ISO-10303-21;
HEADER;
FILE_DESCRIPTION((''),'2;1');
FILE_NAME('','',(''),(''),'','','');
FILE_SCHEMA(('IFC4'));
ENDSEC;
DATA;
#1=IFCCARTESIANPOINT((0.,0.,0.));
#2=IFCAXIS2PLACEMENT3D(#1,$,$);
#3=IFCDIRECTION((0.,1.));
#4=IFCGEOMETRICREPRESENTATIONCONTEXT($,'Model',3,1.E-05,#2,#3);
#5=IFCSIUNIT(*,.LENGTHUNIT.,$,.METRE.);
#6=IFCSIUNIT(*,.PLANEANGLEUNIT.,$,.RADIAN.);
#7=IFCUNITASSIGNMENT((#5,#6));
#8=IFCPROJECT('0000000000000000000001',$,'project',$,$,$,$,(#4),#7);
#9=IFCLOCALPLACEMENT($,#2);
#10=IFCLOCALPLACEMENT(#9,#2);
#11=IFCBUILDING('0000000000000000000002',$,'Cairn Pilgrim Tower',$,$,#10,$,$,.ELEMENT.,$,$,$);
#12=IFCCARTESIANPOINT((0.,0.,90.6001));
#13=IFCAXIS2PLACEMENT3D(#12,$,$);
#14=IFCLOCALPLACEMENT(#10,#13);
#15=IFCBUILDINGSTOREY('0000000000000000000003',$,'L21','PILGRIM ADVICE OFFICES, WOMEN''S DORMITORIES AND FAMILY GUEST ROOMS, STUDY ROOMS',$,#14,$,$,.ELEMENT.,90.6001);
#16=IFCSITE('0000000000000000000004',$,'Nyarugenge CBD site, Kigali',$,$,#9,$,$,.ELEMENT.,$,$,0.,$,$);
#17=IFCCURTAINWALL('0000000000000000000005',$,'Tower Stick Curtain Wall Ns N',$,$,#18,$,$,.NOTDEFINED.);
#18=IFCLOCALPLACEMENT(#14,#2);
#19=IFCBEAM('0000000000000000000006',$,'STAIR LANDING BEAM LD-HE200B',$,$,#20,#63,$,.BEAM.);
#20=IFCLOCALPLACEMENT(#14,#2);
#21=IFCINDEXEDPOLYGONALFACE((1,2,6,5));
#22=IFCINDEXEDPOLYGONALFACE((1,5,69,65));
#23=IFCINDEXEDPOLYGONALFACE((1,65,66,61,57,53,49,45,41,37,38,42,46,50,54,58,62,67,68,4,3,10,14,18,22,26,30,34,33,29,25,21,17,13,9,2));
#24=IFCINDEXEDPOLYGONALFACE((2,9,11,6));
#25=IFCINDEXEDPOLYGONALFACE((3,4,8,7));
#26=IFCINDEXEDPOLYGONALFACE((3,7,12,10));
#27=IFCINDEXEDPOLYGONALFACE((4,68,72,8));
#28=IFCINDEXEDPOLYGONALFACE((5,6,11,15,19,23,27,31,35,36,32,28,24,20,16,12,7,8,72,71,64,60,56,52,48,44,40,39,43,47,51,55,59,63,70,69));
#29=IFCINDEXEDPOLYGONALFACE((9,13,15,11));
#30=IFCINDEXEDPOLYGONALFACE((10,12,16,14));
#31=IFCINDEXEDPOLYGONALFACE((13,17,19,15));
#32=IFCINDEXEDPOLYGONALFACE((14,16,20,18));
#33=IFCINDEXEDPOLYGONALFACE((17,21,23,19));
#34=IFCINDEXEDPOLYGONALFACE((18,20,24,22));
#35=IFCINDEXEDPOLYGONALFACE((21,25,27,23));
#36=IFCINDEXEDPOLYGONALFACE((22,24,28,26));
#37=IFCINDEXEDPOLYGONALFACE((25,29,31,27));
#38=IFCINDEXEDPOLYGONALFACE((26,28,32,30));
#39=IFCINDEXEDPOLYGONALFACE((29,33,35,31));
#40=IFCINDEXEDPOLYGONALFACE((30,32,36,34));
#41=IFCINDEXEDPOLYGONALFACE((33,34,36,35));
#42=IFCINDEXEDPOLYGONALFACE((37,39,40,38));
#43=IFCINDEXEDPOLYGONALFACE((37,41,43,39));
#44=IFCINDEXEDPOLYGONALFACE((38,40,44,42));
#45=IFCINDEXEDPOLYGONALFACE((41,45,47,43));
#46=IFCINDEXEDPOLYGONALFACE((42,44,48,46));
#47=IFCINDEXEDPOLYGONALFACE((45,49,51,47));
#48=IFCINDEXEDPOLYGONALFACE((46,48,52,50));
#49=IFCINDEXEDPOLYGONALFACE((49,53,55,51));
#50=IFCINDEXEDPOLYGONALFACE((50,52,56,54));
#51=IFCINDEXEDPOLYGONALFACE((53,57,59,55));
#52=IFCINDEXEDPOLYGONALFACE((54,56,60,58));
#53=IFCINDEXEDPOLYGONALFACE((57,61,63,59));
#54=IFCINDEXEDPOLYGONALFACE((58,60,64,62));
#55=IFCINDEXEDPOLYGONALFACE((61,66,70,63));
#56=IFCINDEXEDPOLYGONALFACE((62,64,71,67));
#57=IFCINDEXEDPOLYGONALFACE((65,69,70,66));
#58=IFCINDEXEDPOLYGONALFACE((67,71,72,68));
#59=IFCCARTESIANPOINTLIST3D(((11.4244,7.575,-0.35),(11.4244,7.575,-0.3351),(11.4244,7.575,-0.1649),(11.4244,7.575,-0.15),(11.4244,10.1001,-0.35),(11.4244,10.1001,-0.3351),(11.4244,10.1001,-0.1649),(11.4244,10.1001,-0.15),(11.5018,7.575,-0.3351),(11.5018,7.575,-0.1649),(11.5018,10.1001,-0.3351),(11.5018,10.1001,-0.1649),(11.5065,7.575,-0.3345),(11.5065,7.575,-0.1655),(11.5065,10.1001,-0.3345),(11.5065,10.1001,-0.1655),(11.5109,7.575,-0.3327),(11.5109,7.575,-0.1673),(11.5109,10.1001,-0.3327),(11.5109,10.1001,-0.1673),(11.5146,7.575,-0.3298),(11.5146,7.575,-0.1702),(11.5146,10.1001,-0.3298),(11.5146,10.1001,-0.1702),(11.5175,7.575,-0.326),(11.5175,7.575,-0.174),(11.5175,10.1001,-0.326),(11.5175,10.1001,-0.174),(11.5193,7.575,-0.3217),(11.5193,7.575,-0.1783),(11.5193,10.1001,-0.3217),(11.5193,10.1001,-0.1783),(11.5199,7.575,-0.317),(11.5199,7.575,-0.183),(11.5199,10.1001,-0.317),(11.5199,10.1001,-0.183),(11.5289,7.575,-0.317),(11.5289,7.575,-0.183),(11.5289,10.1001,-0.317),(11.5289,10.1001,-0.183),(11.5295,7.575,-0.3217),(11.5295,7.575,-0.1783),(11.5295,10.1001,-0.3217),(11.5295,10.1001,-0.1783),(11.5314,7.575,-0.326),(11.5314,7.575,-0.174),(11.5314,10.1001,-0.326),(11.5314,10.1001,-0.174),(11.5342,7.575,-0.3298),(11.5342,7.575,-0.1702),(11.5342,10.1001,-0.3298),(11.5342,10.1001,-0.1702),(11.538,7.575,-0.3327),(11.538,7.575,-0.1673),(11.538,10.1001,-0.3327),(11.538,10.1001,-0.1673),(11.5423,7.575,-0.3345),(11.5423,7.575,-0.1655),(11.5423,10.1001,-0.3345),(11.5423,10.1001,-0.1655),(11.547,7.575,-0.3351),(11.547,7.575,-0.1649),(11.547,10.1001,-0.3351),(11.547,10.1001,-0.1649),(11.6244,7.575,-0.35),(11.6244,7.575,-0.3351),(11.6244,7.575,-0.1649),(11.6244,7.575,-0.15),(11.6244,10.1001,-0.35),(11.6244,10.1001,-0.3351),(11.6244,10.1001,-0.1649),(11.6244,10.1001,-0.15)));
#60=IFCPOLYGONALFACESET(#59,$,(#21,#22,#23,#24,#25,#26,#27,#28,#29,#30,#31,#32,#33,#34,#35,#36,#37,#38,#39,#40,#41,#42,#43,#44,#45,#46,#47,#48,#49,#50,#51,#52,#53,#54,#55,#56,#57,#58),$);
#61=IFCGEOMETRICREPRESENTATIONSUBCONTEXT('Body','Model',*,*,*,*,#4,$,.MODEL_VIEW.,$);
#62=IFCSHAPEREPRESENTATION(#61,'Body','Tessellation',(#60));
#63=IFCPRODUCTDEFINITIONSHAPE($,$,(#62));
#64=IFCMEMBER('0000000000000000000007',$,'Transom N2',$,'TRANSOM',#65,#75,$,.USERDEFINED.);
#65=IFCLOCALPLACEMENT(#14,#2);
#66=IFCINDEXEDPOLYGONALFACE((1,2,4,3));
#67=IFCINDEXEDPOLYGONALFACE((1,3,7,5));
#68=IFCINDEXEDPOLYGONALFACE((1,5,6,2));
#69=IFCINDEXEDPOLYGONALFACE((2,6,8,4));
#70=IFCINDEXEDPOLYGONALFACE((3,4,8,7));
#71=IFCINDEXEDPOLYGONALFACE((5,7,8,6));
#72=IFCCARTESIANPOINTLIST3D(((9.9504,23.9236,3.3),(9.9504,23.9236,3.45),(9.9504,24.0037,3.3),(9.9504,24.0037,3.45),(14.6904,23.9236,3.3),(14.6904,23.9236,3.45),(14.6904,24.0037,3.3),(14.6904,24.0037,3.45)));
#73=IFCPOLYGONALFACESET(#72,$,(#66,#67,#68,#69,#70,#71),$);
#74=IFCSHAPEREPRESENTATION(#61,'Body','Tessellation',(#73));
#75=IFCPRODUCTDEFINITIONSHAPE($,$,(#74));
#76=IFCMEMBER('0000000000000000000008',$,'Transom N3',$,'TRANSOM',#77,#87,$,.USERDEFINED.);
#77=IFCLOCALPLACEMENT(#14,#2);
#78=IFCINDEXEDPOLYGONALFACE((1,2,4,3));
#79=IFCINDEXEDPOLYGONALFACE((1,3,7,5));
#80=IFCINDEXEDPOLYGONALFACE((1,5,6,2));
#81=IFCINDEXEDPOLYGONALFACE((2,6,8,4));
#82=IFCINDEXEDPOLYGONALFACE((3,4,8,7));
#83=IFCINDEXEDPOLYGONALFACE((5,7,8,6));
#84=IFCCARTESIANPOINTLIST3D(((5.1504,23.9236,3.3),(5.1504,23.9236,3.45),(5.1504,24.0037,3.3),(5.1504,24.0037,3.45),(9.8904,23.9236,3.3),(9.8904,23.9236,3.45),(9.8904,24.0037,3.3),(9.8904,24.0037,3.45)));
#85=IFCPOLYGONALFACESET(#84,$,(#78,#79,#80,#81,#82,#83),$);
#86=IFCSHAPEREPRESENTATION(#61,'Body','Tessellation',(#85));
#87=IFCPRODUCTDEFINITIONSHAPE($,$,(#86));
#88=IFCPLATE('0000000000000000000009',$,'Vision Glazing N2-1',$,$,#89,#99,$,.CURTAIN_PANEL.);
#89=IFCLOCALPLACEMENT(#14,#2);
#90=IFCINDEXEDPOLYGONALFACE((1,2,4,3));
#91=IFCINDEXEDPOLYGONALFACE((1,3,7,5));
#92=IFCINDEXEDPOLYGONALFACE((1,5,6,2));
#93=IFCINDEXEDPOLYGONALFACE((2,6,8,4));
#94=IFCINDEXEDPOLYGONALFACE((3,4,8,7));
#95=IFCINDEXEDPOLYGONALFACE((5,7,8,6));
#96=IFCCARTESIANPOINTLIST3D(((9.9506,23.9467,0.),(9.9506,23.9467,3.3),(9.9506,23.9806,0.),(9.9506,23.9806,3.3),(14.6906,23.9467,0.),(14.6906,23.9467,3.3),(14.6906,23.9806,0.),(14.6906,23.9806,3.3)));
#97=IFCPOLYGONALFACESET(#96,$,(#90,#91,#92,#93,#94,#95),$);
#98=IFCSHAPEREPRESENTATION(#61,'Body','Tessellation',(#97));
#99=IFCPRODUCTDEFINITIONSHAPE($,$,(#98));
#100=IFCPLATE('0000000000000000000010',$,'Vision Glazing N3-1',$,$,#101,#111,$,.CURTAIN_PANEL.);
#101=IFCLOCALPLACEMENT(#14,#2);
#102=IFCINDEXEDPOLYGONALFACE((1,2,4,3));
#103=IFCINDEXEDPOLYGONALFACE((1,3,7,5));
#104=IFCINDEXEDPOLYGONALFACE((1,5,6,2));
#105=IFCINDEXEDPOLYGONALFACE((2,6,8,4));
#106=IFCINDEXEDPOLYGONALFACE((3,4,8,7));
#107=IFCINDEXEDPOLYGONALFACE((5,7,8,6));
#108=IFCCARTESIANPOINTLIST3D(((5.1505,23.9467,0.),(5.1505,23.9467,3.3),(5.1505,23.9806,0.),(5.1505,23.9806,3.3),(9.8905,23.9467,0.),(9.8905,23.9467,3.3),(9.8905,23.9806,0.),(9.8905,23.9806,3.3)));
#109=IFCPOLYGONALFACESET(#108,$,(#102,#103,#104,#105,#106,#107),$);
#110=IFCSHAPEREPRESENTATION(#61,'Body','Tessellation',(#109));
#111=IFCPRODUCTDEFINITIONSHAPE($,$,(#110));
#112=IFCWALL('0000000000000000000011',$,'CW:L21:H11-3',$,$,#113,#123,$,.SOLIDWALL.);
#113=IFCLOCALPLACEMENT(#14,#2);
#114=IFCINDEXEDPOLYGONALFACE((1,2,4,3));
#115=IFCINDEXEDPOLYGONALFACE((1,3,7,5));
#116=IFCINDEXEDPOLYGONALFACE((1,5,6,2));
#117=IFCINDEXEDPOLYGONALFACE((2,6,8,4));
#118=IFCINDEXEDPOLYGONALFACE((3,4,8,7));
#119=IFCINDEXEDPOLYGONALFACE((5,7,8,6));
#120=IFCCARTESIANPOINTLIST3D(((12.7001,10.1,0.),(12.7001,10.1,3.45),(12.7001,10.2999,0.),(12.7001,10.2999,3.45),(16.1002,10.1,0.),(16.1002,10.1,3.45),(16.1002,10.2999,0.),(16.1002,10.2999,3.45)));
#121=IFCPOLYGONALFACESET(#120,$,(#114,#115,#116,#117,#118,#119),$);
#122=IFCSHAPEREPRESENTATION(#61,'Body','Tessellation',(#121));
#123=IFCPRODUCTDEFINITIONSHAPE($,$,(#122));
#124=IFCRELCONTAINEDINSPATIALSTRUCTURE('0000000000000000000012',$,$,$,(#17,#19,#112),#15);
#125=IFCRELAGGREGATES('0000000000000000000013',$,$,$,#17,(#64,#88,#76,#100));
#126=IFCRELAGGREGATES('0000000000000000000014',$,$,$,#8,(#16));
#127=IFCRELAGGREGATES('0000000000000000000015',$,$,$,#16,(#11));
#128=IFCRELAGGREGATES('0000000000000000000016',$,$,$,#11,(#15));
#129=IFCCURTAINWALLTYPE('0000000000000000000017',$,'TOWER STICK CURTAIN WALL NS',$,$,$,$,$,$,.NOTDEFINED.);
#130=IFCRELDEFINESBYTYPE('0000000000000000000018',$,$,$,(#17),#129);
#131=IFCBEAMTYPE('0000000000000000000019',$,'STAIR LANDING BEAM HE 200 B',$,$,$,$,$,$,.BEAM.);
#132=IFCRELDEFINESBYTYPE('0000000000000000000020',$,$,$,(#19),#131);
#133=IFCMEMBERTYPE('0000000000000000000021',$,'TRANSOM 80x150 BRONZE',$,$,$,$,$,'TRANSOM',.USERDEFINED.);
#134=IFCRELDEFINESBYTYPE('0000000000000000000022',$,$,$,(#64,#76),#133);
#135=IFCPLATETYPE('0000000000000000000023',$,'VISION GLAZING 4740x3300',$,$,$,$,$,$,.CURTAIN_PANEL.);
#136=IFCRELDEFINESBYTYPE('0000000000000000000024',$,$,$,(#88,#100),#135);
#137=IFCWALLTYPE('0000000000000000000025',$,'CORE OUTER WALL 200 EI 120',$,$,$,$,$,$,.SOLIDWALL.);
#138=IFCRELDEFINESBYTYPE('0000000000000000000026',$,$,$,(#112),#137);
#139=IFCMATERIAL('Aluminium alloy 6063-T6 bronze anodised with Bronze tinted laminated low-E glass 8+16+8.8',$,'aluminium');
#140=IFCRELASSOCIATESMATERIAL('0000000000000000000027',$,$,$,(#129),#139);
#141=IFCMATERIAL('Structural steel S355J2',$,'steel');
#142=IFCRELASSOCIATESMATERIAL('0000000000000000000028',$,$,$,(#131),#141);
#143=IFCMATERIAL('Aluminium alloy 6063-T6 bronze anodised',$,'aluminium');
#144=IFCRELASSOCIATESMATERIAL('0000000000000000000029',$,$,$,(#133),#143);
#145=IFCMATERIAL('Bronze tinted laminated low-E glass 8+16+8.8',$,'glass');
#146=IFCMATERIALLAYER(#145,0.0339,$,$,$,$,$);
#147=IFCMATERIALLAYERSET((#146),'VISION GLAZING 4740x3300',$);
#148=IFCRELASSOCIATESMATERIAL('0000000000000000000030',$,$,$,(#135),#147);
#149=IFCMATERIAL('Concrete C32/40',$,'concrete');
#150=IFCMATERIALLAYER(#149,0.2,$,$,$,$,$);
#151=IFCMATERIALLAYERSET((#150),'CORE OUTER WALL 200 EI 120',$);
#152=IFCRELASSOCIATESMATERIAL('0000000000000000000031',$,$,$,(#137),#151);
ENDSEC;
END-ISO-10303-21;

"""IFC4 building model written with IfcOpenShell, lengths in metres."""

from ifc_helpers import new_model, si_unit, direction, frame, frame_2d, origin, origin_2d, place, context, subcontext, project, spatial, rectangle, i_section, extrude, material, layer, layer_set, material_profile, profile_set, type_object, element, aggregate, save


model = new_model("IFC4")

# Units and contexts
model_context = context("Model", 3, precision=1e-05, world=origin(), true_north=direction((0.0, 1.0)))
body_context = subcontext(model_context, "Body", "Model", "MODEL_VIEW")
ifc_project = project(units=[si_unit("LENGTHUNIT", "METRE"), si_unit("PLANEANGLEUNIT", "RADIAN")], contexts=[model_context])

# Site, building, storey
site_placement = place(None, origin())
site = spatial("IfcSite", under=ifc_project, at=site_placement, Name="Nyarugenge CBD site, Kigali", CompositionType="ELEMENT", RefElevation=0.0)
building_placement = place(site_placement, origin())
building = spatial("IfcBuilding", under=site, at=building_placement, Name="Cairn Pilgrim Tower", CompositionType="ELEMENT")
storey_placement = place(building_placement, frame((0.0, 0.0, 90.6001)))
storey = spatial("IfcBuildingStorey", under=building, at=storey_placement, Name="L21", Description="PILGRIM ADVICE OFFICES, WOMEN'S DORMITORIES AND FAMILY GUEST ROOMS, STUDY ROOMS", CompositionType="ELEMENT", Elevation=90.6001)

# Curtain wall
ifc_material_1 = material(Name="Aluminium alloy 6063-T6 bronze anodised with Bronze tinted laminated low-E glass 8+16+8.8", Category="aluminium")
curtain_wall_type = type_object("IfcCurtainWallType", Name="TOWER STICK CURTAIN WALL NS", PredefinedType="NOTDEFINED", material=ifc_material_1)
curtain_wall_placement = place(storey_placement, origin())
curtain_wall = element("IfcCurtainWall", 1, at=curtain_wall_placement, inside=storey, type_object=curtain_wall_type, Name="Tower Stick Curtain Wall Ns N", PredefinedType="NOTDEFINED")
ifc_material_2 = material(Name="Aluminium alloy 6063-T6 bronze anodised", Category="aluminium")

# Beam
ifc_material_3 = material(Name="Structural steel S355J2", Category="steel")
ifc_material_profile_1 = material_profile(ifc_material_3, i_section(OverallWidth=0.2, OverallDepth=0.2, WebThickness=0.009, FlangeThickness=0.0149, FilletRadius=0.0181, at=origin_2d()), Name="HE 200 B")
ifc_profile_set_1 = profile_set([ifc_material_profile_1], Name="Structural steel S355J2")
beam_type_1 = type_object("IfcBeamType", Name="STAIR LANDING BEAM HE 200 B", PredefinedType="BEAM", material=ifc_profile_set_1)
beam_1_placement = place(storey_placement, frame((11.5244, 10.1001, -0.25), z_axis=(0.0, -1.0, 0.0), x_axis=(1.0, 0.0, 0.0)))
element("IfcBeam", 2, at=beam_1_placement, inside=storey, type_object=beam_type_1, Name="STAIR LANDING BEAM LD-HE200B", PredefinedType="BEAM", context=body_context, shape_type="SweptSolid", body=[
    extrude(i_section(OverallWidth=0.2, OverallDepth=0.2, WebThickness=0.009, FlangeThickness=0.0149, FilletRadius=0.0181, at=origin_2d()), origin(), (0.0, 0.0, 1.0), 2.5251),
])

# Members
ifc_material_profile_2 = material_profile(ifc_material_2, rectangle(XDim=0.0801, YDim=0.1499, at=origin_2d()), Name="TRANSOM 80x150 BRONZE")
ifc_profile_set_2 = profile_set([ifc_material_profile_2], Name="Aluminium alloy 6063-T6 bronze anodised")
member_type_1 = type_object("IfcMemberType", Name="TRANSOM 80x150 BRONZE", ElementType="TRANSOM", PredefinedType="USERDEFINED", material=ifc_profile_set_2)
member_1_placement = place(storey_placement, frame((14.6904, 23.9636, 3.375), z_axis=(-1.0, 0.0, 0.0), x_axis=(0.0, -1.0, 0.0)))
member_1 = element("IfcMember", 3, at=member_1_placement, type_object=member_type_1, Name="Transom N2", ObjectType="TRANSOM", PredefinedType="USERDEFINED", context=body_context, shape_type="SweptSolid", body=[
    extrude(rectangle(XDim=0.0801, YDim=0.1499, at=origin_2d()), origin(), (0.0, 0.0, 1.0), 4.74),
])
member_2_placement = place(storey_placement, frame((9.8904, 23.9636, 3.375), z_axis=(-1.0, 0.0, 0.0), x_axis=(0.0, -1.0, 0.0)))
member_2 = element("IfcMember", 4, at=member_2_placement, type_object=member_type_1, Name="Transom N3", ObjectType="TRANSOM", PredefinedType="USERDEFINED", context=body_context, shape_type="SweptSolid", body=[
    extrude(rectangle(XDim=0.0801, YDim=0.1499, at=origin_2d()), origin(), (0.0, 0.0, 1.0), 4.74),
])

# Plates
ifc_material_4 = material(Name="Bronze tinted laminated low-E glass 8+16+8.8", Category="glass")
ifc_layer_1 = layer(ifc_material_4, 0.0339)
ifc_layer_set_1 = layer_set([ifc_layer_1], Name="VISION GLAZING 4740x3300")
plate_type = type_object("IfcPlateType", Name="VISION GLAZING 4740x3300", PredefinedType="CURTAIN_PANEL", material=ifc_layer_set_1)
plate_1_placement = place(storey_placement, frame((12.3206, 23.9636, 0.0), z_axis=(0.0, 0.0, 1.0), x_axis=(-1.0, 0.0, 0.0)))
plate_1 = element("IfcPlate", 5, at=plate_1_placement, type_object=plate_type, Name="Vision Glazing N2-1", PredefinedType="CURTAIN_PANEL", context=body_context, shape_type="SweptSolid", body=[
    extrude(rectangle(XDim=4.74, YDim=0.0339, at=origin_2d()), origin(), (0.0, 0.0, 1.0), 3.3),
])
plate_2_placement = place(storey_placement, frame((7.5205, 23.9636, 0.0), z_axis=(0.0, 0.0, 1.0), x_axis=(-1.0, 0.0, 0.0)))
plate_2 = element("IfcPlate", 6, at=plate_2_placement, type_object=plate_type, Name="Vision Glazing N3-1", PredefinedType="CURTAIN_PANEL", context=body_context, shape_type="SweptSolid", body=[
    extrude(rectangle(XDim=4.74, YDim=0.0339, at=origin_2d()), origin(), (0.0, 0.0, 1.0), 3.3),
])
aggregate(curtain_wall, [member_1, plate_1, member_2, plate_2])

# Wall
ifc_material_5 = material(Name="Concrete C32/40", Category="concrete")
ifc_layer_2 = layer(ifc_material_5, 0.2)
ifc_layer_set_2 = layer_set([ifc_layer_2], Name="CORE OUTER WALL 200 EI 120")
wall_type_1 = type_object("IfcWallType", Name="CORE OUTER WALL 200 EI 120", PredefinedType="SOLIDWALL", material=ifc_layer_set_2)
wall_1_placement = place(storey_placement, frame((12.7, 10.2, 0.0), z_axis=(0.0, 0.0, 1.0), x_axis=(1.0, 0.0, 0.0)))
element("IfcWall", 7, at=wall_1_placement, inside=storey, type_object=wall_type_1, Name="CW:L21:H11-3", PredefinedType="SOLIDWALL", context=body_context, shape_type="SweptSolid", body=[
    extrude(rectangle(XDim=3.4001, YDim=0.2, at=frame_2d((1.7002, 0.0))), origin(), (0.0, 0.0, 1.0), 3.45),
])

save(model, "model.ifc")
